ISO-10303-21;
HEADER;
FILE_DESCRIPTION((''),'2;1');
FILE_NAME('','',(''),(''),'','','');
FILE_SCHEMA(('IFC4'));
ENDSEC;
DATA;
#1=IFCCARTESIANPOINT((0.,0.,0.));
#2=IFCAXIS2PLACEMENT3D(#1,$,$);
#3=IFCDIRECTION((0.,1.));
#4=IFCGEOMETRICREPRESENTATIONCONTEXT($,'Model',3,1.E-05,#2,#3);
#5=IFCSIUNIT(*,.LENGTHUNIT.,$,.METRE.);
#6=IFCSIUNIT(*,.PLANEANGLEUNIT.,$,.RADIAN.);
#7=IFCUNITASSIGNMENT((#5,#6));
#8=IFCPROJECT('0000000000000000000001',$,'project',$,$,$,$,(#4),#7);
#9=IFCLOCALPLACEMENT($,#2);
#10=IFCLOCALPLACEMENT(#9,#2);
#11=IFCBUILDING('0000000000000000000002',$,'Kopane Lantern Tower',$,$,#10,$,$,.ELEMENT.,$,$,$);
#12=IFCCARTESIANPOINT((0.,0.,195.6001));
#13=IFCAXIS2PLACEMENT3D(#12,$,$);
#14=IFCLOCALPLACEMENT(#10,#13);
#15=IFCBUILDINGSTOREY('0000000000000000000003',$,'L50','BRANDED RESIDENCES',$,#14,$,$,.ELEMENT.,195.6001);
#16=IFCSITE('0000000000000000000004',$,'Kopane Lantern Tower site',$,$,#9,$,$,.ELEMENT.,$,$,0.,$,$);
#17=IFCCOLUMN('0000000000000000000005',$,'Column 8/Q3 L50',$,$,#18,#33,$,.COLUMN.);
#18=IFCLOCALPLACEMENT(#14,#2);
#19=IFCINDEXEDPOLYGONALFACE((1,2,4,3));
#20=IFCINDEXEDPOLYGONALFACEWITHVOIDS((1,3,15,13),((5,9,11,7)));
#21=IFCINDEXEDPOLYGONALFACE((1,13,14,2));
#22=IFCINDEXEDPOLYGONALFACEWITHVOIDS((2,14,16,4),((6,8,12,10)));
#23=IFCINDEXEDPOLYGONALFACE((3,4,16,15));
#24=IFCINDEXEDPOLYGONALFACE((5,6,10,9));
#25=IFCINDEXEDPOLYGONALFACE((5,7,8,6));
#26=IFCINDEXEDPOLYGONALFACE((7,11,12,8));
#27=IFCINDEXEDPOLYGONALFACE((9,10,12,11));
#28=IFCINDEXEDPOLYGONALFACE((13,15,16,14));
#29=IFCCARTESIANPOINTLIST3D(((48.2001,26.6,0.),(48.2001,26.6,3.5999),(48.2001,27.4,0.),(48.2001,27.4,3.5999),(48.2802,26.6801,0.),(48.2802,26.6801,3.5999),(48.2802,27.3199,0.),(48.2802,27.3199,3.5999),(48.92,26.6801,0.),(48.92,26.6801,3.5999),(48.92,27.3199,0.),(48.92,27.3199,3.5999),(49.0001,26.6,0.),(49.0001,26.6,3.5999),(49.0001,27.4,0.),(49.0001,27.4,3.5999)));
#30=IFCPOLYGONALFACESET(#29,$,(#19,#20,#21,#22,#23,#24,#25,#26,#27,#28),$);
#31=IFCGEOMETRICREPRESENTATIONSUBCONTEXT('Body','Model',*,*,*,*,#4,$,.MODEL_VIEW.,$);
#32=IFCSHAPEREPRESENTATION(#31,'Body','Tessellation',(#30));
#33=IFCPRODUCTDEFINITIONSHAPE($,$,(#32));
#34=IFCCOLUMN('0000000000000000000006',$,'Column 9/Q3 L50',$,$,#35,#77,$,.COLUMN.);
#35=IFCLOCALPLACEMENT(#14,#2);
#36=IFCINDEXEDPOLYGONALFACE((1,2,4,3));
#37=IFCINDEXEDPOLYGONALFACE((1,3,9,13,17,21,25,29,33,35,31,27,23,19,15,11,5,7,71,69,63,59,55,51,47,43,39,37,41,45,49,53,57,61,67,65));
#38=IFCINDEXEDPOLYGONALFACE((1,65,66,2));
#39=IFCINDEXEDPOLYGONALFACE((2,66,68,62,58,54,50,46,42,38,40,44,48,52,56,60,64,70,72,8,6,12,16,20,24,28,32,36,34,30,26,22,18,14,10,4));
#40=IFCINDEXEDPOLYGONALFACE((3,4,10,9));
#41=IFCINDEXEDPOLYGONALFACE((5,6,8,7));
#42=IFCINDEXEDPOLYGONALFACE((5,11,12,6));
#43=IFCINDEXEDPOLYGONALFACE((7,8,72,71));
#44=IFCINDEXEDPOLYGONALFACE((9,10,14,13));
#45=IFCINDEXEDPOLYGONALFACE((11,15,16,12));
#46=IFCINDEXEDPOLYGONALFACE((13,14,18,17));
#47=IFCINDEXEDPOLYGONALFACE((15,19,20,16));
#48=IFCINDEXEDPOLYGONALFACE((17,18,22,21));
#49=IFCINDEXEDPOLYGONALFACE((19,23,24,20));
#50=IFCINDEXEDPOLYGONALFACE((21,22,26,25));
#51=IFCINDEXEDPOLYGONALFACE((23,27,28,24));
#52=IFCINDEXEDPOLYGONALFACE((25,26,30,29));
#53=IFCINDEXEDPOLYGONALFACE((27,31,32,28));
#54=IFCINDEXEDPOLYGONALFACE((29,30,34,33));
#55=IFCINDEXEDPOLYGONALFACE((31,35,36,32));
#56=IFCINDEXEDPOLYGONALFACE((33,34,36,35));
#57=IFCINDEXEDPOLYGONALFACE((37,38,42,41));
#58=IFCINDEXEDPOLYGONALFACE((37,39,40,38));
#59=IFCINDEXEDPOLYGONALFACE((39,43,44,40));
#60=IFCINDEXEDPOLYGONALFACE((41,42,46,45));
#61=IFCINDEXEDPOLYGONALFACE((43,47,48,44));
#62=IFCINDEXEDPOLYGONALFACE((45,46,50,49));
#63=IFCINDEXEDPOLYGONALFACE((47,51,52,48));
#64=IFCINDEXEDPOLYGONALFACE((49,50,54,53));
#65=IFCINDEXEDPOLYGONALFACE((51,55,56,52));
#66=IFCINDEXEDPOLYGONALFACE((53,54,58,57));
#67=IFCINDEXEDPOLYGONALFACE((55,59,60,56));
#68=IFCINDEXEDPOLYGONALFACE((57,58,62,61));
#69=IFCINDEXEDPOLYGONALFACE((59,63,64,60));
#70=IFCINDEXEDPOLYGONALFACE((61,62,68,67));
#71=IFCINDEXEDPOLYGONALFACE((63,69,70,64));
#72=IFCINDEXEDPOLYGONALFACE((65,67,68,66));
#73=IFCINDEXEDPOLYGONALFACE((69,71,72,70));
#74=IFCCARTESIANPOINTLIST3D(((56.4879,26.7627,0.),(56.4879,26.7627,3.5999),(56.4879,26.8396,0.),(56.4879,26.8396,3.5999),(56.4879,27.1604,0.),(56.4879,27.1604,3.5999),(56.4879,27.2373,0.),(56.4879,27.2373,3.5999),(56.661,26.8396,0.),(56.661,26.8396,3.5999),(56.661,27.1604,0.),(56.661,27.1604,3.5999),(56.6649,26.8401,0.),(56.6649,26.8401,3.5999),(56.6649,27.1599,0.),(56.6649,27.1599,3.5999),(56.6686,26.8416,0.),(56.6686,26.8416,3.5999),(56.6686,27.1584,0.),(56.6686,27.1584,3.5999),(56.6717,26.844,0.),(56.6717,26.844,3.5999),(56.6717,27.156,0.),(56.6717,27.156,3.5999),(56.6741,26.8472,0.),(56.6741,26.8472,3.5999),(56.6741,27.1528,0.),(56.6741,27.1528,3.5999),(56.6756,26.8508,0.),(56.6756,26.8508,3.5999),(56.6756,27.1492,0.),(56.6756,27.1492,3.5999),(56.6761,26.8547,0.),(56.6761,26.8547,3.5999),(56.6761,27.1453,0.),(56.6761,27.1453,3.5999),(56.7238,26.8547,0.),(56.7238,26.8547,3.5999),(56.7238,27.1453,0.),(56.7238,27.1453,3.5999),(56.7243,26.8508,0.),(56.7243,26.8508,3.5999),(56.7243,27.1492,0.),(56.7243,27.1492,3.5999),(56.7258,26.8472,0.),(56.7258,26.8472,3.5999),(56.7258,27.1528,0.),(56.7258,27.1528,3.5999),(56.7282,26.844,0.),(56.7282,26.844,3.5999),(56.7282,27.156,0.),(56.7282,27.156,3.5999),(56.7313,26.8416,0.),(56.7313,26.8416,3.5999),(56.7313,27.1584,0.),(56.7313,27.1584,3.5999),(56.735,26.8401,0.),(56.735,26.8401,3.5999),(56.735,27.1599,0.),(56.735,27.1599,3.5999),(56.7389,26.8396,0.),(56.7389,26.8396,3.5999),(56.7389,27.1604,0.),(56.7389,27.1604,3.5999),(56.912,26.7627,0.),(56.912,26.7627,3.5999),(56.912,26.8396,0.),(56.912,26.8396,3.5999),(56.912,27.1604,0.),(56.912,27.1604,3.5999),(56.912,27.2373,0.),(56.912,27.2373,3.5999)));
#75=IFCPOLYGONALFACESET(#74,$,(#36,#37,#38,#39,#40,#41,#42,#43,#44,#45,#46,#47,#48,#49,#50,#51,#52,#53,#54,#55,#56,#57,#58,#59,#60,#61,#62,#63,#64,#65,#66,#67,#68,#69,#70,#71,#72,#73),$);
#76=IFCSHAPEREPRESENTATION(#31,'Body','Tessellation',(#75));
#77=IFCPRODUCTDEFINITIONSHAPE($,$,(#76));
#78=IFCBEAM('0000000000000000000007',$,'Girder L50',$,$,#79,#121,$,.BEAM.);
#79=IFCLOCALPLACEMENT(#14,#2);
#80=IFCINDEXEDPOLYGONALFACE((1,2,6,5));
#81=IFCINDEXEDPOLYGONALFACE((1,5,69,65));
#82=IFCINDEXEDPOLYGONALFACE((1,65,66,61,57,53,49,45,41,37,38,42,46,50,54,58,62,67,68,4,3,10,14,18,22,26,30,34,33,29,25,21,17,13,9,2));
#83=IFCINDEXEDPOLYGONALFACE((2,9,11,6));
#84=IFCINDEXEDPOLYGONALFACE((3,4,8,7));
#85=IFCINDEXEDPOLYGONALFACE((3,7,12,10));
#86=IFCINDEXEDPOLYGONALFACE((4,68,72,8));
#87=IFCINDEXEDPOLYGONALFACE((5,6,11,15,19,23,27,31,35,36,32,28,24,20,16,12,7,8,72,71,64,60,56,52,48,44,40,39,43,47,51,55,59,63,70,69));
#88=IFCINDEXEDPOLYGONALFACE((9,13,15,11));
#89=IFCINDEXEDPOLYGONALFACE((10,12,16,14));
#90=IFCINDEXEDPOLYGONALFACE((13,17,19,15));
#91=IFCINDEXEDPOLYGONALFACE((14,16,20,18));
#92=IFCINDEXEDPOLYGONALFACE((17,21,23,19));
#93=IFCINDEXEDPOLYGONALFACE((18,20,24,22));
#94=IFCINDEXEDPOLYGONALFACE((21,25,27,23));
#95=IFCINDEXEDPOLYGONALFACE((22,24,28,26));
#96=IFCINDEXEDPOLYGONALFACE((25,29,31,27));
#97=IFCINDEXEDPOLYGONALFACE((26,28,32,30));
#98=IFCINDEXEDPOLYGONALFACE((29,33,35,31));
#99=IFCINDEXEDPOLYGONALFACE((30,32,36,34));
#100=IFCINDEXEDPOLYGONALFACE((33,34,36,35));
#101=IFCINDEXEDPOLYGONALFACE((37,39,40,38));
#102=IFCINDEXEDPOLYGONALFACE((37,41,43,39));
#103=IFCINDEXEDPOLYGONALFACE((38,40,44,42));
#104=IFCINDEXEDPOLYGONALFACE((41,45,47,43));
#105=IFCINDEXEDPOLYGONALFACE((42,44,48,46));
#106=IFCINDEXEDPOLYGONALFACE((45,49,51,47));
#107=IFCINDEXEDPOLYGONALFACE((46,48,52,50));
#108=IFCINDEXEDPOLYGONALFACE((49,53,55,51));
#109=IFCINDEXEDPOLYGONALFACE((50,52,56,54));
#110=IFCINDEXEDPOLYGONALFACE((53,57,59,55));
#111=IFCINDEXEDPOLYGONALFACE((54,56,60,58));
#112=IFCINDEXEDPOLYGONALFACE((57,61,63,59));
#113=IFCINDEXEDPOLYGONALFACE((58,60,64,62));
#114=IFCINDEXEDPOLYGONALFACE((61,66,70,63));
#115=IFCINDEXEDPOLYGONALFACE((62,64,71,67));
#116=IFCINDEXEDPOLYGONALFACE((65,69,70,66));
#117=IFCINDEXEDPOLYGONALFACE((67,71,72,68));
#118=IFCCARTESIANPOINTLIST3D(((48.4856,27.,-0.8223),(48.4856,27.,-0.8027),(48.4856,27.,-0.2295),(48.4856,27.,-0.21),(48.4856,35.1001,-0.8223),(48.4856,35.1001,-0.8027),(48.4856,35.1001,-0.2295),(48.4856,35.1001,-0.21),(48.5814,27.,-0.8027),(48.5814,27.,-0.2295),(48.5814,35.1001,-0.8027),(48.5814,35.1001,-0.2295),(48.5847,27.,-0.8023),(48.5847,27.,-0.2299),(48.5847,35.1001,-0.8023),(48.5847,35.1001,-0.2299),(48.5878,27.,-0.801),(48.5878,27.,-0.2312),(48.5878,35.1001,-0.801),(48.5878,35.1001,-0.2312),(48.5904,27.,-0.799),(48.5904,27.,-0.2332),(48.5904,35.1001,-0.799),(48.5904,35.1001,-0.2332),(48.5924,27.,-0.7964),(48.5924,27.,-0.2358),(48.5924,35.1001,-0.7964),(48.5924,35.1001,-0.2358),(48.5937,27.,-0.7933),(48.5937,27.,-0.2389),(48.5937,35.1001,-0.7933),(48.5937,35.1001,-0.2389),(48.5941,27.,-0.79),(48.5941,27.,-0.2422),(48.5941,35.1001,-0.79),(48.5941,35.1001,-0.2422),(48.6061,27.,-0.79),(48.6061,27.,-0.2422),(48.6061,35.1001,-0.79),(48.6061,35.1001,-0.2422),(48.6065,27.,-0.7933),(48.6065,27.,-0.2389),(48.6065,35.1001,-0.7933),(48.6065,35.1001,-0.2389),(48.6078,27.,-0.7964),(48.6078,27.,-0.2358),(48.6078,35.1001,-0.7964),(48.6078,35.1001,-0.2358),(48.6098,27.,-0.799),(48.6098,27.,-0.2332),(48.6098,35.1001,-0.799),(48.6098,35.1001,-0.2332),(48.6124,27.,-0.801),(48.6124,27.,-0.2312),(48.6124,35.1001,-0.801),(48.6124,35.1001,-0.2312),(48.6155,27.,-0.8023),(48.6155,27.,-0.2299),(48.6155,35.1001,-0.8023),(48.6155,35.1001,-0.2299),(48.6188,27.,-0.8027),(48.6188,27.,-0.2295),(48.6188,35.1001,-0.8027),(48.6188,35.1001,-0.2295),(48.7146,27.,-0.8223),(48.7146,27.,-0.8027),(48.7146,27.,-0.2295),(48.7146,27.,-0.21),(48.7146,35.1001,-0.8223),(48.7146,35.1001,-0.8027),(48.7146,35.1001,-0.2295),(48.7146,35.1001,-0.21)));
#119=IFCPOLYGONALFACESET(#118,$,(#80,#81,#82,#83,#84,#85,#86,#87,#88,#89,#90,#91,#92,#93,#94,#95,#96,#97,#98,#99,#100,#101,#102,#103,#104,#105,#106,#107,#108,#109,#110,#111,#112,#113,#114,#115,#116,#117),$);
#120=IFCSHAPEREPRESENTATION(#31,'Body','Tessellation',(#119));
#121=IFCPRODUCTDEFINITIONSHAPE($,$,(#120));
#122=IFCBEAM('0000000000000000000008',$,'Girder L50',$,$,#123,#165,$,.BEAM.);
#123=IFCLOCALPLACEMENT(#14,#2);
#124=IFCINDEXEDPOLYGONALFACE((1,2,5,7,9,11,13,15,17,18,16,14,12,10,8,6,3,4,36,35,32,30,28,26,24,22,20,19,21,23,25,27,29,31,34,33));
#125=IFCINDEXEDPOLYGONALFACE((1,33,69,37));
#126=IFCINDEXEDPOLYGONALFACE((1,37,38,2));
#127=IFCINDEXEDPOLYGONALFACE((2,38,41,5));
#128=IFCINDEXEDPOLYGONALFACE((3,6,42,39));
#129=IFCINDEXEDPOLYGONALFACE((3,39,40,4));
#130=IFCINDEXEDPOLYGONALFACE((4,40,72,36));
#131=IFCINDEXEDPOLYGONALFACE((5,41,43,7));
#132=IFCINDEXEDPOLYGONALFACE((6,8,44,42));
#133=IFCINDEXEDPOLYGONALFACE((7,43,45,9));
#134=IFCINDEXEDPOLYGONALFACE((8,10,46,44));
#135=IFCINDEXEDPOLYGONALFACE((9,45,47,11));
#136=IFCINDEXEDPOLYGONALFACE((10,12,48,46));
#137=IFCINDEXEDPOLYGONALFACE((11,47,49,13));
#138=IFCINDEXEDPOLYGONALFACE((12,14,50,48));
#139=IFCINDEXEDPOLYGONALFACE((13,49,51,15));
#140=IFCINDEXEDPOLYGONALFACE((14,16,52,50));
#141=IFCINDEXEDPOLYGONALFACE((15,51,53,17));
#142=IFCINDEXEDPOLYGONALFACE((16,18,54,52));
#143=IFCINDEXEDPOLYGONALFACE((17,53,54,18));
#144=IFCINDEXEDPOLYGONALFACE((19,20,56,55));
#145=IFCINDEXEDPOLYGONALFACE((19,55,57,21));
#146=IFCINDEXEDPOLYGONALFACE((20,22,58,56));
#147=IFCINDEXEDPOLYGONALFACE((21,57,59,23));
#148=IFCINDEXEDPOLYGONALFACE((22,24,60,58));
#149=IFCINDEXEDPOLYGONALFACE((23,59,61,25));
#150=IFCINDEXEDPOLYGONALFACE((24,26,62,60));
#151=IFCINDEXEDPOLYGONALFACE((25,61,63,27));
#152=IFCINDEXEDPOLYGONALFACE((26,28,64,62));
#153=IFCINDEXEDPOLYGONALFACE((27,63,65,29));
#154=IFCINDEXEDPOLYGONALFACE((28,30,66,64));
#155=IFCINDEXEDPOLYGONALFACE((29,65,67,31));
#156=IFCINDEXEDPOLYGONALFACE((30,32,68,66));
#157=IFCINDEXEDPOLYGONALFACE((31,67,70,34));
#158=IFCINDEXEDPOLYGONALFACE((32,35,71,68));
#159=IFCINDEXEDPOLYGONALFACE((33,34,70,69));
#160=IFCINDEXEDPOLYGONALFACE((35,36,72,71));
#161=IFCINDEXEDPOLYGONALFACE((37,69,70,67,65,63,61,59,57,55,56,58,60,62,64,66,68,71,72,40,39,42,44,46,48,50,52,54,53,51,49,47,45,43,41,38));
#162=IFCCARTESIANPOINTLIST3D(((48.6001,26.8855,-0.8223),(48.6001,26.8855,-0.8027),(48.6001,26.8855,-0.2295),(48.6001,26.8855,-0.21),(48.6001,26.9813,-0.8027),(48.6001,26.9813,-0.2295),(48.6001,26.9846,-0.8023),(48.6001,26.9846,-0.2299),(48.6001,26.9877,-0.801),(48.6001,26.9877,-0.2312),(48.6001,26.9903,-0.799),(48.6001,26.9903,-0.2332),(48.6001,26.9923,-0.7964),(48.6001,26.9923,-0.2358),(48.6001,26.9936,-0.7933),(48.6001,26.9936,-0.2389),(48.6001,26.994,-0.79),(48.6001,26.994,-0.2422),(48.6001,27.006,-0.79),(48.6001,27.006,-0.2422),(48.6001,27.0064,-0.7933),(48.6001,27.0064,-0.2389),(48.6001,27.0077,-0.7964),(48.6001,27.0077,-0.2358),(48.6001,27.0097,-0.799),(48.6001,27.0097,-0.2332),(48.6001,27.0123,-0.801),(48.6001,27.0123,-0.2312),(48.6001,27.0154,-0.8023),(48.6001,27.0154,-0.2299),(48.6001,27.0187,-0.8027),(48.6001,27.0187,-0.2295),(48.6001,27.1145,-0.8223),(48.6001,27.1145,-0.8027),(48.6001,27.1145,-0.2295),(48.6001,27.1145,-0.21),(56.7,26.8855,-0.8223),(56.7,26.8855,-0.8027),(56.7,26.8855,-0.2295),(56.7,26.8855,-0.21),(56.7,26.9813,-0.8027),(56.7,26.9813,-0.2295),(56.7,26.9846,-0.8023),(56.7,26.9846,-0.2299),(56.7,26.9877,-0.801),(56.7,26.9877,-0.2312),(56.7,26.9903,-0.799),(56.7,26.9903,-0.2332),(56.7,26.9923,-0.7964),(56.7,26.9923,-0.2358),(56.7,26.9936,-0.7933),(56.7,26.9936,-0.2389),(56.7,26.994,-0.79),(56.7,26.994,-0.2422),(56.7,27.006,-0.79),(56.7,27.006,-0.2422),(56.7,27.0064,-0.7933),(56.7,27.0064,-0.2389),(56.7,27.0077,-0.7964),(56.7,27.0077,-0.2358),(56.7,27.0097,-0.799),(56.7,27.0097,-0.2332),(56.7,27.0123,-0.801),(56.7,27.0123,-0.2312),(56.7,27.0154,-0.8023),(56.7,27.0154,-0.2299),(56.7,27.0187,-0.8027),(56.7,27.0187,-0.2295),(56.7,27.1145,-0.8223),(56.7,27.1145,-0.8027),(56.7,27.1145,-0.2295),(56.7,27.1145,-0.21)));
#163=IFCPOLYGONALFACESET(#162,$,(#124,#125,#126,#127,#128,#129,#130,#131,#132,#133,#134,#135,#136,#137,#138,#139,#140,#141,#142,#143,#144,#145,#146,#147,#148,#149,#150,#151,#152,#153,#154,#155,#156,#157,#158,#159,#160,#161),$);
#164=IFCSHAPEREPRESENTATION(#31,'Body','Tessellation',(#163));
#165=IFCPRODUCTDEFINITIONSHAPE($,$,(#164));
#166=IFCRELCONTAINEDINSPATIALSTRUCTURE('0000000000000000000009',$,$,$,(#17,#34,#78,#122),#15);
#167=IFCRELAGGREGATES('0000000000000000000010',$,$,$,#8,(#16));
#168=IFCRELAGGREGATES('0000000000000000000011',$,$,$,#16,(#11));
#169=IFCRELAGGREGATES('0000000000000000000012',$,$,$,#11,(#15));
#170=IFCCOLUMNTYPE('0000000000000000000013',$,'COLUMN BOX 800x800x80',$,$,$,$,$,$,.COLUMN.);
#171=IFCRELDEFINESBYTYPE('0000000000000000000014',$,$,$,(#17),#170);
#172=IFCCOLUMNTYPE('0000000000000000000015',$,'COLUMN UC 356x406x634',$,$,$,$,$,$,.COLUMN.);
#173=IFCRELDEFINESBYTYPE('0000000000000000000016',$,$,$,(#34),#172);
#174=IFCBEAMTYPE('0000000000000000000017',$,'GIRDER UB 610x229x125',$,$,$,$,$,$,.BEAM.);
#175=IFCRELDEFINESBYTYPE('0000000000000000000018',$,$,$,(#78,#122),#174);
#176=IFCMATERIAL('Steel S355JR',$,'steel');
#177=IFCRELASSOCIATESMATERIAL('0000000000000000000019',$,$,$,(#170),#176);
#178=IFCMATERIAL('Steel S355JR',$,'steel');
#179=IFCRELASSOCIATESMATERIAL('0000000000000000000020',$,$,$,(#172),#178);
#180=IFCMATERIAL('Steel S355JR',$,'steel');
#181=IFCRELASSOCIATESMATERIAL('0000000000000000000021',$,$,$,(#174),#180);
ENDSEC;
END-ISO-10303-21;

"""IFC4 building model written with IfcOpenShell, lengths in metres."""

from ifc_helpers import new_model, si_unit, direction, frame, origin, origin_2d, place, context, subcontext, project, spatial, hollow_rectangle, i_section, extrude, material, material_profile, profile_set, type_object, element, save


model = new_model("IFC4")

# Units and contexts
model_context = context("Model", 3, precision=1e-05, world=origin(), true_north=direction((0.0, 1.0)))
body_context = subcontext(model_context, "Body", "Model", "MODEL_VIEW")
ifc_project = project(units=[si_unit("LENGTHUNIT", "METRE"), si_unit("PLANEANGLEUNIT", "RADIAN")], contexts=[model_context])

# Site, building, storey
site_placement = place(None, origin())
site = spatial("IfcSite", under=ifc_project, at=site_placement, Name="Kopane Lantern Tower site", CompositionType="ELEMENT", RefElevation=0.0)
building_placement = place(site_placement, origin())
building = spatial("IfcBuilding", under=site, at=building_placement, Name="Kopane Lantern Tower", CompositionType="ELEMENT")
storey_placement = place(building_placement, frame((0.0, 0.0, 195.6001)))
storey = spatial("IfcBuildingStorey", under=building, at=storey_placement, Name="L50", Description="BRANDED RESIDENCES", CompositionType="ELEMENT", Elevation=195.6001)

# Columns
ifc_material_1 = material(Name="Steel S355JR", Category="steel")
ifc_material_profile_1 = material_profile(ifc_material_1, hollow_rectangle(XDim=0.8, YDim=0.8, WallThickness=0.0801, at=origin_2d()), Name="BOX 800x800x80")
ifc_profile_set_1 = profile_set([ifc_material_profile_1], Name="Steel S355JR")
column_type_1 = type_object("IfcColumnType", Name="COLUMN BOX 800x800x80", PredefinedType="COLUMN", material=ifc_profile_set_1)
column_1_placement = place(storey_placement, frame((48.6001, 27.0, 0.0), z_axis=(0.0, 0.0, 1.0), x_axis=(1.0, 0.0, 0.0)))
element("IfcColumn", 1, at=column_1_placement, inside=storey, type_object=column_type_1, Name="Column 8/Q3 L50", PredefinedType="COLUMN", context=body_context, shape_type="SweptSolid", body=[
    extrude(hollow_rectangle(XDim=0.8, YDim=0.8, WallThickness=0.0801, at=origin_2d()), origin(), (0.0, 0.0, 1.0), 3.5999),
])
ifc_material_2 = material(Name="Steel S355JR", Category="steel")
ifc_material_profile_2 = material_profile(ifc_material_2, i_section(OverallWidth=0.4241, OverallDepth=0.4746, WebThickness=0.0476, FlangeThickness=0.0769, FilletRadius=0.0151, at=origin_2d()), Name="UC 356x406x634")
ifc_profile_set_2 = profile_set([ifc_material_profile_2], Name="Steel S355JR")
column_type_2 = type_object("IfcColumnType", Name="COLUMN UC 356x406x634", PredefinedType="COLUMN", material=ifc_profile_set_2)
column_2_placement = place(storey_placement, frame((56.7, 27.0, 0.0), z_axis=(0.0, 0.0, 1.0), x_axis=(1.0, 0.0, 0.0)))
element("IfcColumn", 2, at=column_2_placement, inside=storey, type_object=column_type_2, Name="Column 9/Q3 L50", PredefinedType="COLUMN", context=body_context, shape_type="SweptSolid", body=[
    extrude(i_section(OverallWidth=0.4241, OverallDepth=0.4746, WebThickness=0.0476, FlangeThickness=0.0769, FilletRadius=0.0151, at=origin_2d()), origin(), (0.0, 0.0, 1.0), 3.5999),
])

# Beams
ifc_material_3 = material(Name="Steel S355JR", Category="steel")
ifc_material_profile_3 = material_profile(ifc_material_3, i_section(OverallWidth=0.229, OverallDepth=0.6123, WebThickness=0.012, FlangeThickness=0.0195, FilletRadius=0.0127, at=origin_2d()), Name="UB 610x229x125")
ifc_profile_set_3 = profile_set([ifc_material_profile_3], Name="Steel S355JR")
beam_type = type_object("IfcBeamType", Name="GIRDER UB 610x229x125", PredefinedType="BEAM", material=ifc_profile_set_3)
beam_1_placement = place(storey_placement, frame((48.6001, 27.0, -0.5161), z_axis=(0.0, 1.0, 0.0), x_axis=(-1.0, 0.0, 0.0)))
element("IfcBeam", 3, at=beam_1_placement, inside=storey, type_object=beam_type, Name="Girder L50", PredefinedType="BEAM", context=body_context, shape_type="SweptSolid", body=[
    extrude(i_section(OverallWidth=0.229, OverallDepth=0.6123, WebThickness=0.012, FlangeThickness=0.0195, FilletRadius=0.0127, at=origin_2d()), origin(), (0.0, 0.0, 1.0), 8.1001),
])
beam_2_placement = place(storey_placement, frame((48.6001, 27.0, -0.5161), z_axis=(1.0, 0.0, 0.0), x_axis=(0.0, 1.0, 0.0)))
element("IfcBeam", 4, at=beam_2_placement, inside=storey, type_object=beam_type, Name="Girder L50", PredefinedType="BEAM", context=body_context, shape_type="SweptSolid", body=[
    extrude(i_section(OverallWidth=0.229, OverallDepth=0.6123, WebThickness=0.012, FlangeThickness=0.0195, FilletRadius=0.0127, at=origin_2d()), origin(), (0.0, 0.0, 1.0), 8.0999),
])

save(model, "model.ifc")
